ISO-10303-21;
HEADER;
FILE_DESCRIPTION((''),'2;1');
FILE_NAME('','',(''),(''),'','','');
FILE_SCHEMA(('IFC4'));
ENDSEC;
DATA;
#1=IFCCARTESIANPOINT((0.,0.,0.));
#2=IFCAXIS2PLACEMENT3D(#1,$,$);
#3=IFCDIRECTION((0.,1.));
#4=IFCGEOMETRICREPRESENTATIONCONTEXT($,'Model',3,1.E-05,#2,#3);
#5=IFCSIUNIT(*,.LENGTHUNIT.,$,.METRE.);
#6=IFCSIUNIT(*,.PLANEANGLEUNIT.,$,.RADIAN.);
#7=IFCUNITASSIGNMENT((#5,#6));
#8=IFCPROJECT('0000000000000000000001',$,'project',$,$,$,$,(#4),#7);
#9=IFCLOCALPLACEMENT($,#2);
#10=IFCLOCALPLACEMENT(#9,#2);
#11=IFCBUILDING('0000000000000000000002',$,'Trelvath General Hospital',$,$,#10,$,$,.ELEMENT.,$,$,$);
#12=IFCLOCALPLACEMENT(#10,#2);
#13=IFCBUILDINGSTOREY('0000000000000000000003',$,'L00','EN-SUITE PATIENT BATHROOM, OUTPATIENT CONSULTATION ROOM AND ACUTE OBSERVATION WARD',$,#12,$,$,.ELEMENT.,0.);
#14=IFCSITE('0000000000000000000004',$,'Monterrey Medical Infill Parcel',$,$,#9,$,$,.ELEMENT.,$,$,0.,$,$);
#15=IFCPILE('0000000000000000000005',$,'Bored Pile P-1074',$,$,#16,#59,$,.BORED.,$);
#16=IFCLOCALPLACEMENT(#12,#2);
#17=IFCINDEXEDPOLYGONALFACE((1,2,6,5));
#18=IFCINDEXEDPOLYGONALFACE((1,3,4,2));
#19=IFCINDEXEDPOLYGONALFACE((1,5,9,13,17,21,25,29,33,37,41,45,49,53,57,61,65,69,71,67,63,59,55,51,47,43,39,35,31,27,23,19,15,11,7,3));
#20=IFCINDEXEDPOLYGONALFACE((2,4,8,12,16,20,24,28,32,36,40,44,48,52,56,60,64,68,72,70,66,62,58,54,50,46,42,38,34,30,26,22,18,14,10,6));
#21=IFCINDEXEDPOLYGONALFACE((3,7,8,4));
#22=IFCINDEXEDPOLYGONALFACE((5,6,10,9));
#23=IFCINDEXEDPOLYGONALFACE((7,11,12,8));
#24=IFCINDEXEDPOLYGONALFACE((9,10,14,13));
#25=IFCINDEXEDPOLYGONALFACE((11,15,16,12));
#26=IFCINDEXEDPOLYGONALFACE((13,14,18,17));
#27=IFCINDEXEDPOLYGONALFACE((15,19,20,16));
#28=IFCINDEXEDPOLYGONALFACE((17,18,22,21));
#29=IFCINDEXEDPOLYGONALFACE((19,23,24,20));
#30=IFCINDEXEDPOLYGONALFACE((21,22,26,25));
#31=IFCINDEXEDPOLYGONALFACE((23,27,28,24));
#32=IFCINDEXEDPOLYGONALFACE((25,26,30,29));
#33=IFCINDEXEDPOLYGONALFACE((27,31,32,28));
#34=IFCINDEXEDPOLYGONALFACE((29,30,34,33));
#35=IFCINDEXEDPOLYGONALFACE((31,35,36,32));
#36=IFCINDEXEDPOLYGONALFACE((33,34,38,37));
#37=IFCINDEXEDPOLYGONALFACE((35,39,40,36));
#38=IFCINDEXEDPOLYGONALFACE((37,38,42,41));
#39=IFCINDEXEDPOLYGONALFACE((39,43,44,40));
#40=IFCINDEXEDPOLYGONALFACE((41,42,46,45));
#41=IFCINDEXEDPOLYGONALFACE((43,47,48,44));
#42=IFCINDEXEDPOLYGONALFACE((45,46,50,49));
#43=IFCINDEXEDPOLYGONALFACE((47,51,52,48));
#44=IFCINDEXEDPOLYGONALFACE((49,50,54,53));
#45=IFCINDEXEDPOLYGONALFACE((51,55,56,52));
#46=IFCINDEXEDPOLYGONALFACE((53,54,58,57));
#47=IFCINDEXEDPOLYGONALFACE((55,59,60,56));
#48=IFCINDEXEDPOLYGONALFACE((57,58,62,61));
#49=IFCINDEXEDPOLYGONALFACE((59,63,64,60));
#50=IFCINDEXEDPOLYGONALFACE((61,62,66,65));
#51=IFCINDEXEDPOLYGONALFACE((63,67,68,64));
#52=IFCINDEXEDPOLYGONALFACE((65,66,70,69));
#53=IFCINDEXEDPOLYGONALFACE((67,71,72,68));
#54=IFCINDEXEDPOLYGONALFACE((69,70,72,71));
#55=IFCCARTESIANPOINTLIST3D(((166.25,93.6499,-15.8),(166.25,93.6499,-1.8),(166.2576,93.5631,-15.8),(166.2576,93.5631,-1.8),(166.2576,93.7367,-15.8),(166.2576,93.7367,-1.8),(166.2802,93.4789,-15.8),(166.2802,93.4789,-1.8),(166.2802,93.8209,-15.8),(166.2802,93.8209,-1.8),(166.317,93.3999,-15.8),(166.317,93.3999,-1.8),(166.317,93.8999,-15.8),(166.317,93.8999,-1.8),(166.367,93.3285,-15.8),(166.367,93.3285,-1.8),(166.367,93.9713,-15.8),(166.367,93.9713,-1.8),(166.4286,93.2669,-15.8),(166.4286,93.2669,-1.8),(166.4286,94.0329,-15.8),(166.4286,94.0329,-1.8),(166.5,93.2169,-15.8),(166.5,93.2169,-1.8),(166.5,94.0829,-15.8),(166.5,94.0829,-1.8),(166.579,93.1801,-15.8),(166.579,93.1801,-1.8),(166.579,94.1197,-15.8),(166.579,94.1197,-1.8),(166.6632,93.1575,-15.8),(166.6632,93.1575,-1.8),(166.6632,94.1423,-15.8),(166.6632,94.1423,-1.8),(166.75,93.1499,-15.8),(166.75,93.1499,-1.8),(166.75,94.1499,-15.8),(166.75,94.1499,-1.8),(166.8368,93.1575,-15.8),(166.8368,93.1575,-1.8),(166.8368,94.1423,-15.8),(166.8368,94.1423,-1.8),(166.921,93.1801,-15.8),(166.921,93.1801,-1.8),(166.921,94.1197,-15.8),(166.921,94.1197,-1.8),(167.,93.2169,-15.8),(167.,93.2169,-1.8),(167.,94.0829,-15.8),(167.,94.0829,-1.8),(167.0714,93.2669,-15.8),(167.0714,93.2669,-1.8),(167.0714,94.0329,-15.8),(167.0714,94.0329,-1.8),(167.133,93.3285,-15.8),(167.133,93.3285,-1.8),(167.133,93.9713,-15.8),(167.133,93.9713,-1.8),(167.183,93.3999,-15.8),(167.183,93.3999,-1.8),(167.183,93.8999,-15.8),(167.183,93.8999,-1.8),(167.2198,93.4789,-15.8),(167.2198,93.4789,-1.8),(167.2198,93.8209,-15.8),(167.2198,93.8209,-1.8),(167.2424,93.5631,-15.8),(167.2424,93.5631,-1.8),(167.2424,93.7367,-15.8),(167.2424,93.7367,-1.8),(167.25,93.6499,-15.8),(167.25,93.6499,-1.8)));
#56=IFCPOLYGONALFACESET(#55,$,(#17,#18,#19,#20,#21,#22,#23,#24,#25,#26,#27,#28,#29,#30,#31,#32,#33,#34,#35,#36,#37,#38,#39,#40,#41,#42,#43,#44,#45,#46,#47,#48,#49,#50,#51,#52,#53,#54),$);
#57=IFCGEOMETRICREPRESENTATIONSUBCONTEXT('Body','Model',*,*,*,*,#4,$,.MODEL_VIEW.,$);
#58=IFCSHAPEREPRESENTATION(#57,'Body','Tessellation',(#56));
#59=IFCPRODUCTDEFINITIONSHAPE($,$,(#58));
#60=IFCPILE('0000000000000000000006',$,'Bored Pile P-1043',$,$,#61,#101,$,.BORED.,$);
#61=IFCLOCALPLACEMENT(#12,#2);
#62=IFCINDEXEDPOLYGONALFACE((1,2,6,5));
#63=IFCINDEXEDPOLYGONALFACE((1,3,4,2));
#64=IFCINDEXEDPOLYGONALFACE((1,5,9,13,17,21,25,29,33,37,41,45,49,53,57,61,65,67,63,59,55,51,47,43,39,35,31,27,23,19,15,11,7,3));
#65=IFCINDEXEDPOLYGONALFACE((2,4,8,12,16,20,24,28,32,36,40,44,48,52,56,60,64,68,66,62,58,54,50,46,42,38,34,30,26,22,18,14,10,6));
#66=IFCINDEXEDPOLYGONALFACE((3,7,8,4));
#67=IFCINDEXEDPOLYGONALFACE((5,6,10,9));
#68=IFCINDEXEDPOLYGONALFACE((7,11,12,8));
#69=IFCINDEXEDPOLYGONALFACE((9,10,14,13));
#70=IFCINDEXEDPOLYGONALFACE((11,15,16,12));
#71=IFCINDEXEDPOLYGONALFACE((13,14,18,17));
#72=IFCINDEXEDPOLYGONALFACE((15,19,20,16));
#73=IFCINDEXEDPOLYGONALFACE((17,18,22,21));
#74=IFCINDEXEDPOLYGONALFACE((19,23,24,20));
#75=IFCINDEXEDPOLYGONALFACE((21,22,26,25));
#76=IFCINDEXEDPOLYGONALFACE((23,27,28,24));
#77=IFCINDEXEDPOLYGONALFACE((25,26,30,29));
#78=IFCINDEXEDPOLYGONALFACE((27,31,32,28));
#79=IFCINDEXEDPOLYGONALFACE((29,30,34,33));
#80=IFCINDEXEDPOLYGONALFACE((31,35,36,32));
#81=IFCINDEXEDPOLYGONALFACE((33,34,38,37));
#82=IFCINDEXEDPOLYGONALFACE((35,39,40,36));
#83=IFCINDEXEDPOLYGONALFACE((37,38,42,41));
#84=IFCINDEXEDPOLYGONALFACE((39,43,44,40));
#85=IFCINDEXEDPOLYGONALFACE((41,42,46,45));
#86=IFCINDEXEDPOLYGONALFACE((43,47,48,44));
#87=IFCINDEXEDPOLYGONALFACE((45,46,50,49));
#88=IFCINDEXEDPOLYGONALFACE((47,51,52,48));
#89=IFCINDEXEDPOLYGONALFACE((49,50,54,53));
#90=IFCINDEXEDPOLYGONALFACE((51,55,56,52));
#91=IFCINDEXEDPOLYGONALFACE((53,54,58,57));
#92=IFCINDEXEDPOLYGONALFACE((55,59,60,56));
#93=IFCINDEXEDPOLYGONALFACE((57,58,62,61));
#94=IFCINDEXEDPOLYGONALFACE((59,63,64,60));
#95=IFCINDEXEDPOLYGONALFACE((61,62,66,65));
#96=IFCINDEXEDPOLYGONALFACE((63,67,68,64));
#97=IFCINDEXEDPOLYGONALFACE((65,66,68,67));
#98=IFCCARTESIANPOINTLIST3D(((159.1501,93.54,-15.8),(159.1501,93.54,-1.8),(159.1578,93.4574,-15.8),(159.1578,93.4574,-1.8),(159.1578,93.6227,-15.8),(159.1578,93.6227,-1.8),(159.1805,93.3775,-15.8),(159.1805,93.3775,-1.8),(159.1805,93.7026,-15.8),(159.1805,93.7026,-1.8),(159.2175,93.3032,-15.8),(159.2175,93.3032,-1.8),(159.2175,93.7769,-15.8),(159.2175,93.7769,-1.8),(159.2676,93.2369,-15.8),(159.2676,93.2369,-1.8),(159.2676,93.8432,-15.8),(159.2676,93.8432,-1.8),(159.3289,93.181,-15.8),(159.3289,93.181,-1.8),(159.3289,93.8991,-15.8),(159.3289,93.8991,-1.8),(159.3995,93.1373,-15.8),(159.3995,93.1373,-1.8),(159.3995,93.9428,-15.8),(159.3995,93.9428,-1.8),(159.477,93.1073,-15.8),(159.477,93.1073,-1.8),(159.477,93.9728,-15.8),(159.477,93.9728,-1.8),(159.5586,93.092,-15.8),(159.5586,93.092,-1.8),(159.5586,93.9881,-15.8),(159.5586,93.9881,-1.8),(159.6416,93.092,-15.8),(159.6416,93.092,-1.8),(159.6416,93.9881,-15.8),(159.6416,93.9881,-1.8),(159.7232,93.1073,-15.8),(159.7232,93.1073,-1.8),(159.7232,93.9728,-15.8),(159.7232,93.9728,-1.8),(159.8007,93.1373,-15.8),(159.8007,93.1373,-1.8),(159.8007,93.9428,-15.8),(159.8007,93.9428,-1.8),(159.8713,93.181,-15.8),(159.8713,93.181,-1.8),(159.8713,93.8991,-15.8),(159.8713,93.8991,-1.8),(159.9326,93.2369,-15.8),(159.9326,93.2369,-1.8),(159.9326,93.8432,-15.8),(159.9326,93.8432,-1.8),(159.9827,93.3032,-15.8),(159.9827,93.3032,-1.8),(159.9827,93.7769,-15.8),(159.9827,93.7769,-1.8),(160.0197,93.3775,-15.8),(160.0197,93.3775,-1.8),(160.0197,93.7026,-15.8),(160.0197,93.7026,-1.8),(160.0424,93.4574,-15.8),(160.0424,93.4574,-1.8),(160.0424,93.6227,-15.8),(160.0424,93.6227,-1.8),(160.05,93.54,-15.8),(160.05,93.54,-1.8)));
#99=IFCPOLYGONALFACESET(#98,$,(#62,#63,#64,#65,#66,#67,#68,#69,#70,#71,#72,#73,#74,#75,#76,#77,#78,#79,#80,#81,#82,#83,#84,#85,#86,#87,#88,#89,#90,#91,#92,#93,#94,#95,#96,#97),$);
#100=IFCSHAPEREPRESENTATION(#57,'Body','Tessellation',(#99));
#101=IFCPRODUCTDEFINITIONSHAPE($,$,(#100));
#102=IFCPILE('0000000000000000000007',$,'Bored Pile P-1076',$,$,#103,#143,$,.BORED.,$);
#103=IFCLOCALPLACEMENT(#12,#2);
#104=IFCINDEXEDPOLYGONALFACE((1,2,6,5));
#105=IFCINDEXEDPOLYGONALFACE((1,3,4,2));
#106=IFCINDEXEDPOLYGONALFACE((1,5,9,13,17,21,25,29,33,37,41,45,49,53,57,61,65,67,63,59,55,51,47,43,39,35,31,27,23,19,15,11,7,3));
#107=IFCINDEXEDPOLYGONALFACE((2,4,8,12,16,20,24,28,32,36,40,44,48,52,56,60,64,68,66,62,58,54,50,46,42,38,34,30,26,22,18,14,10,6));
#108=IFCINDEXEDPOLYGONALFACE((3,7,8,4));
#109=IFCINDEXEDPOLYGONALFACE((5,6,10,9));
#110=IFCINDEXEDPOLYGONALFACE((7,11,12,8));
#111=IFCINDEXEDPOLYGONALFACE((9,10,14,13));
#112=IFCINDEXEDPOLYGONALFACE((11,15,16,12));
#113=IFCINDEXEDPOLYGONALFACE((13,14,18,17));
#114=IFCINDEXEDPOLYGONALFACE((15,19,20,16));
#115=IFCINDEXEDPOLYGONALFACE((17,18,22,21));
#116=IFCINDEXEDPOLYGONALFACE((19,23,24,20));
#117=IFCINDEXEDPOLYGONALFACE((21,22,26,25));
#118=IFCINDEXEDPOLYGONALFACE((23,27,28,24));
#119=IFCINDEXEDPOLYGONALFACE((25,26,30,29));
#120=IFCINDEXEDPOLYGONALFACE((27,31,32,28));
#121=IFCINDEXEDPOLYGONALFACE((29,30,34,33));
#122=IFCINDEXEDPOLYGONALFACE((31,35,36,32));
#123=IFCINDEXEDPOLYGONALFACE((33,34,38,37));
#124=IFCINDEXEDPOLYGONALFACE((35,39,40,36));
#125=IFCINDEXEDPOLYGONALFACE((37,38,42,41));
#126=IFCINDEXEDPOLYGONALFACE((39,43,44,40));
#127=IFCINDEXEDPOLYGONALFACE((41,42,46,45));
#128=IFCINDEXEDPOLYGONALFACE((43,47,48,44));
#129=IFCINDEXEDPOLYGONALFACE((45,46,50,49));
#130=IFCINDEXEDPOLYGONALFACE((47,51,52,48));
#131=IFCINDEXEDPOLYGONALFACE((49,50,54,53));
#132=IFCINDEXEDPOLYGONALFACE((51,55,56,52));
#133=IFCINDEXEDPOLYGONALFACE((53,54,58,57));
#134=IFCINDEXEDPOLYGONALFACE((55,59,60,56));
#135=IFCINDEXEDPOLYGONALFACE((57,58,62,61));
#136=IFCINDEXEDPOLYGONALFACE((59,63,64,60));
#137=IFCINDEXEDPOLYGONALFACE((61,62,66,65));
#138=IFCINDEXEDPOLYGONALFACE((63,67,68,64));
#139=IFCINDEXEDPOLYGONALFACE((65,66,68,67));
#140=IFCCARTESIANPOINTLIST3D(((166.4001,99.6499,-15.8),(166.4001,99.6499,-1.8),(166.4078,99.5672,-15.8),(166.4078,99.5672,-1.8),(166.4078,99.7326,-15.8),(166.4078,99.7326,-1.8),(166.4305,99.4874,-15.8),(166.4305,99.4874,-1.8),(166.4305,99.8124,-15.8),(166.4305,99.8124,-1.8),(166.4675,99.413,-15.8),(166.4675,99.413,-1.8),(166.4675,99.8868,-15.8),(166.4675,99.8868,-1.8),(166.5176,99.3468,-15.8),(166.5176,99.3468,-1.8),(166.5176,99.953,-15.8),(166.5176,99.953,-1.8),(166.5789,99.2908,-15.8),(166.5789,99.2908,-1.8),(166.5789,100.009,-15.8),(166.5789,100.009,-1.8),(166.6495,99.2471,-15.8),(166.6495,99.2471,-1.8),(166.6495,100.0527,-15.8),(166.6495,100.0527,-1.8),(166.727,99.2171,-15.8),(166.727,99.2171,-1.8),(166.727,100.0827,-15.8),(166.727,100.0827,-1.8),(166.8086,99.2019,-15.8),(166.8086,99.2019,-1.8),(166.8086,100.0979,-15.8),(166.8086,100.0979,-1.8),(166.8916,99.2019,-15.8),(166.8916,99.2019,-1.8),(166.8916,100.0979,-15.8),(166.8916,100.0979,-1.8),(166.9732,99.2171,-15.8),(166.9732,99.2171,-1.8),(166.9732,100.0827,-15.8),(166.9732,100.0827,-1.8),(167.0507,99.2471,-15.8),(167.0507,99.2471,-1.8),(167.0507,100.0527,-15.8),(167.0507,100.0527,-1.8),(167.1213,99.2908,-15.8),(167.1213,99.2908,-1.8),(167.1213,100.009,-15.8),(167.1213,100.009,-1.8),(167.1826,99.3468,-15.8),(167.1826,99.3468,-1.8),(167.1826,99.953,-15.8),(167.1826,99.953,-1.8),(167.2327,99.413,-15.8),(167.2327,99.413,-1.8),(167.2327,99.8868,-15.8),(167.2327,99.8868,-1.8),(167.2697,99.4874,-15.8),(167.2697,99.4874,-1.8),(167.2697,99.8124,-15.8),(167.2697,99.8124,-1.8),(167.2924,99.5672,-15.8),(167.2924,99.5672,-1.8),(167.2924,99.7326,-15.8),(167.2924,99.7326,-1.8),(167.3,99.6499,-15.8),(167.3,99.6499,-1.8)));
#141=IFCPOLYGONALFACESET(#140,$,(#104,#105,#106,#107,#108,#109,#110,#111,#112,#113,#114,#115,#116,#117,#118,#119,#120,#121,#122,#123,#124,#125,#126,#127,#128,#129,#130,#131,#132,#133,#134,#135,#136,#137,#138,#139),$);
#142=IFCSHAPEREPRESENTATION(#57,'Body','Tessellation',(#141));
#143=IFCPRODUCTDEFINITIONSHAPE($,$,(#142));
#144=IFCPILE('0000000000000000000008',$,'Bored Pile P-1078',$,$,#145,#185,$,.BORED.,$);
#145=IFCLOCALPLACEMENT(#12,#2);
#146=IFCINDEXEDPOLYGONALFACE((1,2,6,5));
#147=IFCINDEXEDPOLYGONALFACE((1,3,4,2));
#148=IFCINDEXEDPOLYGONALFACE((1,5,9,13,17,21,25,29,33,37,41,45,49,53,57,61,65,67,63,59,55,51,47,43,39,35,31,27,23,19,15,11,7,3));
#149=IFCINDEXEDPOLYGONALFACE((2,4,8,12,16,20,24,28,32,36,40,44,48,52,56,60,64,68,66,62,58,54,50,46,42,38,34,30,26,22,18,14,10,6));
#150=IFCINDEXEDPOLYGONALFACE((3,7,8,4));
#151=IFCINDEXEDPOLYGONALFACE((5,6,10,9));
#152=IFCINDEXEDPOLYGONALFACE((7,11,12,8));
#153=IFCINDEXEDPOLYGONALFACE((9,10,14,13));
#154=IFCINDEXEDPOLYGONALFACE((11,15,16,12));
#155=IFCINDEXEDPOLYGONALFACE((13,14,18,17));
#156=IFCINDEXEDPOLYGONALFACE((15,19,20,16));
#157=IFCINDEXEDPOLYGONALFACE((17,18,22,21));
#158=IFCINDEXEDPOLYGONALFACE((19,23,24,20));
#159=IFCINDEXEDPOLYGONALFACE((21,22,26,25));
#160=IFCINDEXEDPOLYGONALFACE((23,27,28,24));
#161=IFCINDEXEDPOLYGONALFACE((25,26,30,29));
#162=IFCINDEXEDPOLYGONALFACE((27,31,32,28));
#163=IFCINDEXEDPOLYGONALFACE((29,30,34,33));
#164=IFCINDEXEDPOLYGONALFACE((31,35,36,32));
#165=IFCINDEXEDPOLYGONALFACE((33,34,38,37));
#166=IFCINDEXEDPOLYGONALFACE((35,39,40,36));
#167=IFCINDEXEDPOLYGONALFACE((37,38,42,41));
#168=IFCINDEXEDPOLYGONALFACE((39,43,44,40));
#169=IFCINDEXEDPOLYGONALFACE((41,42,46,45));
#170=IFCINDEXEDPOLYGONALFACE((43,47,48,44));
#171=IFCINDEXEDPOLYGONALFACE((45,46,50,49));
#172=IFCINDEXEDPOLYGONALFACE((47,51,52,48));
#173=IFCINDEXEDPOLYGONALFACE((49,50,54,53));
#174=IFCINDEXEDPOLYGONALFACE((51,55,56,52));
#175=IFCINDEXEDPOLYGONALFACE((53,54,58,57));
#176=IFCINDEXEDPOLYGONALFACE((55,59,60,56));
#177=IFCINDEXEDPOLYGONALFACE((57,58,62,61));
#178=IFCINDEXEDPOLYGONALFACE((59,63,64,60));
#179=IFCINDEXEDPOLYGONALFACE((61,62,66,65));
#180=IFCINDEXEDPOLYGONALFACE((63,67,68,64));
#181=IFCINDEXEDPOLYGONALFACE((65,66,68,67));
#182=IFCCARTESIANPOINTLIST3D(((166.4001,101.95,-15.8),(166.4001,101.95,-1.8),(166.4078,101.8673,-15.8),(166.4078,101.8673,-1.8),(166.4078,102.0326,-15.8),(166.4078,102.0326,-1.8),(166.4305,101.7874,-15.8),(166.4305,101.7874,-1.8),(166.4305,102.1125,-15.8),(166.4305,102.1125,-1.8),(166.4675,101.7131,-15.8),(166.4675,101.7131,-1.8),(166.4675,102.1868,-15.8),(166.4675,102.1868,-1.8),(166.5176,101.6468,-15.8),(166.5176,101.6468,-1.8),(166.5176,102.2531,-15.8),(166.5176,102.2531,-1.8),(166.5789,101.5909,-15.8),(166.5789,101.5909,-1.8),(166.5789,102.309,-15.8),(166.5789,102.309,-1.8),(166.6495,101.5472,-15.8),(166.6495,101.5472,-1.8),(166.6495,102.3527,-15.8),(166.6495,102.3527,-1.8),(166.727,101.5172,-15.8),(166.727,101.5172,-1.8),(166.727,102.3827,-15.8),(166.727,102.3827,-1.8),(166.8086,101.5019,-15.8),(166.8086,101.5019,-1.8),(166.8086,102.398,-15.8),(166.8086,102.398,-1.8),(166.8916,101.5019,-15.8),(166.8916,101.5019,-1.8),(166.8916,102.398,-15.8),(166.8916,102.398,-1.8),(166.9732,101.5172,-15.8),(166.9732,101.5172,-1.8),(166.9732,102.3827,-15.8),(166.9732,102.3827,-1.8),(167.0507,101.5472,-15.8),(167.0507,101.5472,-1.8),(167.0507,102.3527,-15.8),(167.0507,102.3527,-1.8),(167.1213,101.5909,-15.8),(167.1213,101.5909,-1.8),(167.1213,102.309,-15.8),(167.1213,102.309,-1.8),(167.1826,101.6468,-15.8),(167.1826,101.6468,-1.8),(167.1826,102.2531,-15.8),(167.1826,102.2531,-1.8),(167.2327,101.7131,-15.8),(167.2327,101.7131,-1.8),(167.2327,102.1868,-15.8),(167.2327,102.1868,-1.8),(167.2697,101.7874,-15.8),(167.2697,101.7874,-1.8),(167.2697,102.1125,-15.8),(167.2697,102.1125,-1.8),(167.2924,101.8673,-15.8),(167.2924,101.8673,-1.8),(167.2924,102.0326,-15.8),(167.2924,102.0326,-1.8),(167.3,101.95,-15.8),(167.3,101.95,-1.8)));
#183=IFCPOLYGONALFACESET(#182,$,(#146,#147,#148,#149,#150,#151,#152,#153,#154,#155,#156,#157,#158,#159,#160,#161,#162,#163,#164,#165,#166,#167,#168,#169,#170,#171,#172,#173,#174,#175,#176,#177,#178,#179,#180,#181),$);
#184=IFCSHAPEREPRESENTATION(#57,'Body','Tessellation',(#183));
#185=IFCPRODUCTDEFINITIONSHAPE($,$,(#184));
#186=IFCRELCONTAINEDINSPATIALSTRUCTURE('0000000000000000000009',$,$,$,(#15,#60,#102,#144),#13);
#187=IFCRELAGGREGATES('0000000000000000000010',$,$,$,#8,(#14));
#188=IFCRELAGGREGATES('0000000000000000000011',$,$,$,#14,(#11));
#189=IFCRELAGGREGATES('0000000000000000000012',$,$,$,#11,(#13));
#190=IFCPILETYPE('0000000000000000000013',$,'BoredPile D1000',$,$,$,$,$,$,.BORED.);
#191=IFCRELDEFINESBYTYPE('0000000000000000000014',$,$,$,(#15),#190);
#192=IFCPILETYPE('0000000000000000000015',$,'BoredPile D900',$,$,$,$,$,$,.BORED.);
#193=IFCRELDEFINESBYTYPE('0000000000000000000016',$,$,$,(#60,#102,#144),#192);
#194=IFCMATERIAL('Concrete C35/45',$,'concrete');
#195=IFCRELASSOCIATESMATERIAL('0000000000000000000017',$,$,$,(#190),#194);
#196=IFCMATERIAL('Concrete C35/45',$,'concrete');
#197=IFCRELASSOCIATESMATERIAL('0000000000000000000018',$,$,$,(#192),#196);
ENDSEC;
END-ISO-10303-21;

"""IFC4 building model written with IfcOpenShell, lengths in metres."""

from ifc_helpers import new_model, si_unit, direction, frame, origin, origin_2d, place, context, subcontext, project, spatial, circle, extrude, material, material_profile, profile_set, type_object, element, save


model = new_model("IFC4")

# Units and contexts
model_context = context("Model", 3, precision=1e-05, world=origin(), true_north=direction((0.0, 1.0)))
body_context = subcontext(model_context, "Body", "Model", "MODEL_VIEW")
ifc_project = project(units=[si_unit("LENGTHUNIT", "METRE"), si_unit("PLANEANGLEUNIT", "RADIAN")], contexts=[model_context])

# Site, building, storey
site_placement = place(None, origin())
site = spatial("IfcSite", under=ifc_project, at=site_placement, Name="Monterrey Medical Infill Parcel", CompositionType="ELEMENT", RefElevation=0.0)
building_placement = place(site_placement, origin())
building = spatial("IfcBuilding", under=site, at=building_placement, Name="Trelvath General Hospital", CompositionType="ELEMENT")
storey_placement = place(building_placement, origin())
storey = spatial("IfcBuildingStorey", under=building, at=storey_placement, Name="L00", Description="EN-SUITE PATIENT BATHROOM, OUTPATIENT CONSULTATION ROOM AND ACUTE OBSERVATION WARD", CompositionType="ELEMENT", Elevation=0.0)

# Piles
ifc_material_1 = material(Name="Concrete C35/45", Category="concrete")
ifc_material_profile_1 = material_profile(ifc_material_1, circle(Radius=0.5, at=origin_2d()), Name="PILE1000")
ifc_profile_set_1 = profile_set([ifc_material_profile_1], Name="Concrete C35/45")
pile_type_1 = type_object("IfcPileType", Name="BoredPile D1000", PredefinedType="BORED", material=ifc_profile_set_1)
for number, where, z_axis, x_axis, name in (
    (1, (166.75, 93.6499, -1.8), (0.0, 0.0, -1.0), (1.0, 0.0, 0.0), "Bored Pile P-1074"),
):
    element("IfcPile", number, at=place(storey_placement, frame(where, z_axis=z_axis, x_axis=x_axis)), inside=storey, type_object=pile_type_1, Name=name, PredefinedType="BORED", context=body_context, shape_type="SweptSolid", body=[
        extrude(circle(Radius=0.5, at=origin_2d()), origin(), (0.0, 0.0, 1.0), 14.0),
    ])
ifc_material_2 = material(Name="Concrete C35/45", Category="concrete")
ifc_material_profile_2 = material_profile(ifc_material_2, circle(Radius=0.45, at=origin_2d()), Name="PILE900")
ifc_profile_set_2 = profile_set([ifc_material_profile_2], Name="Concrete C35/45")
pile_type_2 = type_object("IfcPileType", Name="BoredPile D900", PredefinedType="BORED", material=ifc_profile_set_2)
for number, where, z_axis, x_axis, name in (
    (2, (159.6001, 93.54, -1.8), (0.0, 0.0, -1.0), (1.0, 0.0, 0.0), "Bored Pile P-1043"),
    (3, (166.8501, 99.6499, -1.8), (0.0, 0.0, -1.0), (1.0, 0.0, 0.0), "Bored Pile P-1076"),
    (4, (166.8501, 101.95, -1.8), (0.0, 0.0, -1.0), (1.0, 0.0, 0.0), "Bored Pile P-1078"),
):
    element("IfcPile", number, at=place(storey_placement, frame(where, z_axis=z_axis, x_axis=x_axis)), inside=storey, type_object=pile_type_2, Name=name, PredefinedType="BORED", context=body_context, shape_type="SweptSolid", body=[
        extrude(circle(Radius=0.45, at=origin_2d()), origin(), (0.0, 0.0, 1.0), 14.0),
    ])

save(model, "model.ifc")
